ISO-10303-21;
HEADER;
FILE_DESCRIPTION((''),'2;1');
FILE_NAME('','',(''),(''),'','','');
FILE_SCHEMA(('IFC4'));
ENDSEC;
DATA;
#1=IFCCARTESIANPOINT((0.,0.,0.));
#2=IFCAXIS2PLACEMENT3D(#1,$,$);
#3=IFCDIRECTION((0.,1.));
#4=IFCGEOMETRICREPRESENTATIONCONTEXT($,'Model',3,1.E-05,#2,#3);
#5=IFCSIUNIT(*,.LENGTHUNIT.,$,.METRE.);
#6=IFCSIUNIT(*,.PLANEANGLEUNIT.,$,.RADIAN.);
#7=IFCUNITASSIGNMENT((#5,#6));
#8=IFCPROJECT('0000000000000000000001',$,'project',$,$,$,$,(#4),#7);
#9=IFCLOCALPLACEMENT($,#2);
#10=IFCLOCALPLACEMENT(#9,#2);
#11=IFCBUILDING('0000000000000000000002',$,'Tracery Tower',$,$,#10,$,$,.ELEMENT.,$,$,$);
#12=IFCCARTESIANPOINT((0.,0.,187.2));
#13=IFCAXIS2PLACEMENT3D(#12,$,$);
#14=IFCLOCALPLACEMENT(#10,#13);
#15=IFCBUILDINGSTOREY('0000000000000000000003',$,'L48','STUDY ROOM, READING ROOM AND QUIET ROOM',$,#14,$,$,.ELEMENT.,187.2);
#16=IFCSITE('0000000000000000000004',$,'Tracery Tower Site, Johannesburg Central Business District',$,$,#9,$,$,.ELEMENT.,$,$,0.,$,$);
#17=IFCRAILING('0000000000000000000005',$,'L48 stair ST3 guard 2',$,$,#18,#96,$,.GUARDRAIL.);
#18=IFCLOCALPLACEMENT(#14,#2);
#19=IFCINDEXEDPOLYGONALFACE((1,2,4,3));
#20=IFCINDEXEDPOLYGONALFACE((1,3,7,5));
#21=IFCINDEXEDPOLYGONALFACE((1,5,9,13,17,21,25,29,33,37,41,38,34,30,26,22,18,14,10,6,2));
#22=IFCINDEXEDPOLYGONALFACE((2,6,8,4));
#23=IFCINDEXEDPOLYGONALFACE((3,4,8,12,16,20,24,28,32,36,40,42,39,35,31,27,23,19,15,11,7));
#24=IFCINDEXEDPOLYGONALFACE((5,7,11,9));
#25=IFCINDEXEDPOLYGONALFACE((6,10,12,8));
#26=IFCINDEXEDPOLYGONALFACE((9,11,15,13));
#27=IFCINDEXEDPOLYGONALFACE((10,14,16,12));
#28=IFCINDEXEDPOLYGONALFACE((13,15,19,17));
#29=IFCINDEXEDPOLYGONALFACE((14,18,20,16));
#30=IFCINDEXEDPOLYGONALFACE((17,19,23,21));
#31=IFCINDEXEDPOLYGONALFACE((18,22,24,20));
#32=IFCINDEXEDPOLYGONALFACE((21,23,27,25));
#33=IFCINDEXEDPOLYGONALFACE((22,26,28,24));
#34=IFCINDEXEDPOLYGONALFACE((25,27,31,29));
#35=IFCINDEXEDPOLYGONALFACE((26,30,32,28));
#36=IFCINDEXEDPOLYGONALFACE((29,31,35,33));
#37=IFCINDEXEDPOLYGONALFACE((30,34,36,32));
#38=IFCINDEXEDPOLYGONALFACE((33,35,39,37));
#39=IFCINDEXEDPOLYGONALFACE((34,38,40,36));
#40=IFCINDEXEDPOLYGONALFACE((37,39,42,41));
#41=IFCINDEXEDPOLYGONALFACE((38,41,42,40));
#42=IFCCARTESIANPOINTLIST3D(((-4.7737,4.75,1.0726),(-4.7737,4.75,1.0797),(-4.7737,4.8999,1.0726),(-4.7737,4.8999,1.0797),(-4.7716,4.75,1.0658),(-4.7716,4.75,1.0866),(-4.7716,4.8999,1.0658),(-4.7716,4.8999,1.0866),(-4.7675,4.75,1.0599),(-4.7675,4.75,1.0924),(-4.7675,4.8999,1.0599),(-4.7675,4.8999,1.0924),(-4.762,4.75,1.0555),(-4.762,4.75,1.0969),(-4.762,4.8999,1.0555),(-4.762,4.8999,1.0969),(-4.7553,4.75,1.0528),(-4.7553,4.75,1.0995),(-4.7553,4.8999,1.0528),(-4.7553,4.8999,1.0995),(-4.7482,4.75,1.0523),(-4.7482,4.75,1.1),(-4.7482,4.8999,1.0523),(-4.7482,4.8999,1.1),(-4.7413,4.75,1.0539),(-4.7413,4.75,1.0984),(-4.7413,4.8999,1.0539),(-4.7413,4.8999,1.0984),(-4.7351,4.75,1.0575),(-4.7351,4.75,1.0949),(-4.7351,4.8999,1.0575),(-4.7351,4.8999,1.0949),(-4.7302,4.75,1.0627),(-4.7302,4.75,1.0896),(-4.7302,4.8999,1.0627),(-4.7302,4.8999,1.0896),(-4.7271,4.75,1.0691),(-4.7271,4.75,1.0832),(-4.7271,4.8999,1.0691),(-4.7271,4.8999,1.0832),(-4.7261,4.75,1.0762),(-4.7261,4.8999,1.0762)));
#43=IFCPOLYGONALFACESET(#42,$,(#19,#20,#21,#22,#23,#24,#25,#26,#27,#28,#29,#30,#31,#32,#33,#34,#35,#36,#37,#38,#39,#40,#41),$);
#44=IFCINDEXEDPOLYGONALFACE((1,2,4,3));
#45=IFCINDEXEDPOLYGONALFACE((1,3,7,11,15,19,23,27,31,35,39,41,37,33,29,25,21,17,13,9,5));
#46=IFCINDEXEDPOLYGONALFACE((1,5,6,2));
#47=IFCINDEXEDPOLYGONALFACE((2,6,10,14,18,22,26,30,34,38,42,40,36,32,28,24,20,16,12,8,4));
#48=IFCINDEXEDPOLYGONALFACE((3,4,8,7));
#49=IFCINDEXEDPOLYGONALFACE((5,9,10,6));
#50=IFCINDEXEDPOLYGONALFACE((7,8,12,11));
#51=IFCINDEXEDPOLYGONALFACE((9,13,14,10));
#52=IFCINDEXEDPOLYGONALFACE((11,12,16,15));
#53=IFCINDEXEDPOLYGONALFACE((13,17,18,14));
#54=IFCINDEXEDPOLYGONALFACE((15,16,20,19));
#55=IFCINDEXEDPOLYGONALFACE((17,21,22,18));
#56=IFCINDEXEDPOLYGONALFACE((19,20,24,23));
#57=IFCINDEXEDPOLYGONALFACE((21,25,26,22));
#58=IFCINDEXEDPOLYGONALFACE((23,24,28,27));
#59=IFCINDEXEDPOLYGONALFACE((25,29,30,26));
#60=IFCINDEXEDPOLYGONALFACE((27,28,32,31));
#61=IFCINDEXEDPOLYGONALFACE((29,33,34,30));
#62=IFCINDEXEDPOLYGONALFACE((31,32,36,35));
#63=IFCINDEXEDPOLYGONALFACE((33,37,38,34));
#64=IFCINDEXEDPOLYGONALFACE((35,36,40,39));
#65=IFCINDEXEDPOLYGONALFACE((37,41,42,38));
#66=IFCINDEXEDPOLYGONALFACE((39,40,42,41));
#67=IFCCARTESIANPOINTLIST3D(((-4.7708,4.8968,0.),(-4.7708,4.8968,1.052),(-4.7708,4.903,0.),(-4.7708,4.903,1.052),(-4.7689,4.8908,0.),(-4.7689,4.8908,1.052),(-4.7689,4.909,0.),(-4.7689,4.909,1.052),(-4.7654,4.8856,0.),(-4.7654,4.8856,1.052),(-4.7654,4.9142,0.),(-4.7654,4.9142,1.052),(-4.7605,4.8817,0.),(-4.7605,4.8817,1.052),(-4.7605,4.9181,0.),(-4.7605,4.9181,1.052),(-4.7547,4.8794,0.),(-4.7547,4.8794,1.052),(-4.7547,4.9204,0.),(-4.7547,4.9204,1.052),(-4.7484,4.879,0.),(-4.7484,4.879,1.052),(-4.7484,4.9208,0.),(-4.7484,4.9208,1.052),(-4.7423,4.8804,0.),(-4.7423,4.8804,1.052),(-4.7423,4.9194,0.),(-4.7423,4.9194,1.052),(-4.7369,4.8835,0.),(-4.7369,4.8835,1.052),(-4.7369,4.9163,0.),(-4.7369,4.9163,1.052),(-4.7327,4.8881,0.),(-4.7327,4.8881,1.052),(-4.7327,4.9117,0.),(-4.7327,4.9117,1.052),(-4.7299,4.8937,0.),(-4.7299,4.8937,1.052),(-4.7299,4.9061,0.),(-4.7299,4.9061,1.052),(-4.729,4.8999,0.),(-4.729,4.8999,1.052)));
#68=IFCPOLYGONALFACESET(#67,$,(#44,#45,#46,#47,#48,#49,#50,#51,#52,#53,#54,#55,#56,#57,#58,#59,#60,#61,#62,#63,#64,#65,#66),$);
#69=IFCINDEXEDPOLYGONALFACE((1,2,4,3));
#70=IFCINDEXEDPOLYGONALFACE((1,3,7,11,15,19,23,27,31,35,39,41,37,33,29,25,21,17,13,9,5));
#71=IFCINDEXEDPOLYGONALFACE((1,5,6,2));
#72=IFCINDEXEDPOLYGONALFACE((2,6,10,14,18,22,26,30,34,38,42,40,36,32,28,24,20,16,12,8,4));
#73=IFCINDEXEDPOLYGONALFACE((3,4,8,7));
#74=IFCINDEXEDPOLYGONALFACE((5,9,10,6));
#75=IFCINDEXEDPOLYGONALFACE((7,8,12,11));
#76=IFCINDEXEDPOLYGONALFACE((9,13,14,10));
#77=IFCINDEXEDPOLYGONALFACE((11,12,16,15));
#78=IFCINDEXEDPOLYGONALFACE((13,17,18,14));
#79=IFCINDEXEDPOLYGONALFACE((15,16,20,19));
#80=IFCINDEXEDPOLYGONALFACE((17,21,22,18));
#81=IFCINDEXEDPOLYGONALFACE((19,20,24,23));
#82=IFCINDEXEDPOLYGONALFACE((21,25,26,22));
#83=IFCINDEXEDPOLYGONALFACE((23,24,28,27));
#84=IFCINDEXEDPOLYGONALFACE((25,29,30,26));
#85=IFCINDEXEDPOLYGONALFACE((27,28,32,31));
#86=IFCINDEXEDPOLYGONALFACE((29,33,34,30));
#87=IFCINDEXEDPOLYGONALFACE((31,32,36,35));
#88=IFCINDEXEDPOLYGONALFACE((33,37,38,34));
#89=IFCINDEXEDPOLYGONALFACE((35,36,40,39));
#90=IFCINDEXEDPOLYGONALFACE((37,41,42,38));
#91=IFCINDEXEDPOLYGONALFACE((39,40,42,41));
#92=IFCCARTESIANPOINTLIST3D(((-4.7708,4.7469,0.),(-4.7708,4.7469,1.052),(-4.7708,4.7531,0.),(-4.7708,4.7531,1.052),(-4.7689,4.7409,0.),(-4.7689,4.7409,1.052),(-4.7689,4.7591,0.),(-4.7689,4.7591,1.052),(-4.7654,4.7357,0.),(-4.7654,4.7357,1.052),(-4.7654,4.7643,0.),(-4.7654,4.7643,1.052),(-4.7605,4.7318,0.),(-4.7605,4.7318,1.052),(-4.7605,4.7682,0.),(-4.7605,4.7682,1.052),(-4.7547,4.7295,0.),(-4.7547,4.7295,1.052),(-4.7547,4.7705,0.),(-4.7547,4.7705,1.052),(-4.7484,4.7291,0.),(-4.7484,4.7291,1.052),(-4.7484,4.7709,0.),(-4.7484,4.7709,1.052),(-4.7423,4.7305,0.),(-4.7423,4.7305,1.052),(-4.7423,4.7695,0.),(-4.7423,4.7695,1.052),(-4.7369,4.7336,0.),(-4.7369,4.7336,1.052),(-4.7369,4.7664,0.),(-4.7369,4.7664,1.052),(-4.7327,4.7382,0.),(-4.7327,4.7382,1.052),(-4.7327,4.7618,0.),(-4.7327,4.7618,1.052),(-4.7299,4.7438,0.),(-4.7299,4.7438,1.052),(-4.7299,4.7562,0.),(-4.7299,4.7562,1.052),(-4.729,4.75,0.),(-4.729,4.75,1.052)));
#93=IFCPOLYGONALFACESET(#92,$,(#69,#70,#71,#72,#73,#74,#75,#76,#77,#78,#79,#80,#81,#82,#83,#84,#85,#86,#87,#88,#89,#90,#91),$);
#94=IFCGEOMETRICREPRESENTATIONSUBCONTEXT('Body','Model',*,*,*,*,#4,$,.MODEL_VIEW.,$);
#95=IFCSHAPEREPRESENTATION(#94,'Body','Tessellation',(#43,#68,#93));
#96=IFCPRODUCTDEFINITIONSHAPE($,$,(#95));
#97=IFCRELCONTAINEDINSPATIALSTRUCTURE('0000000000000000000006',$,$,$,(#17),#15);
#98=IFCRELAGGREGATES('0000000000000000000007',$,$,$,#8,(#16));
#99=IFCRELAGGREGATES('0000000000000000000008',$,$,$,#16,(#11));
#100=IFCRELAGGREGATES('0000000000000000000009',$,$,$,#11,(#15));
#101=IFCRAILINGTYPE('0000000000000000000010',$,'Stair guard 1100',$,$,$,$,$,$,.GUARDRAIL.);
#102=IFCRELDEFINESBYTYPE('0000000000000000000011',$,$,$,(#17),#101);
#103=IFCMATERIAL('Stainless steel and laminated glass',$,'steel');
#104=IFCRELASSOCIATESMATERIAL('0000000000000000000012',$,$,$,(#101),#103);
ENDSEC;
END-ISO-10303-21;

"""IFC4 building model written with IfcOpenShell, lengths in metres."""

from ifc_helpers import new_model, si_unit, direction, frame, origin, origin_2d, place, context, subcontext, project, spatial, circle, extrude, material, type_object, element, save


model = new_model("IFC4")

# Units and contexts
model_context = context("Model", 3, precision=1e-05, world=origin(), true_north=direction((0.0, 1.0)))
body_context = subcontext(model_context, "Body", "Model", "MODEL_VIEW")
ifc_project = project(units=[si_unit("LENGTHUNIT", "METRE"), si_unit("PLANEANGLEUNIT", "RADIAN")], contexts=[model_context])

# Site, building, storey
site_placement = place(None, origin())
site = spatial("IfcSite", under=ifc_project, at=site_placement, Name="Tracery Tower Site, Johannesburg Central Business District", CompositionType="ELEMENT", RefElevation=0.0)
building_placement = place(site_placement, origin())
building = spatial("IfcBuilding", under=site, at=building_placement, Name="Tracery Tower", CompositionType="ELEMENT")
storey_placement = place(building_placement, frame((0.0, 0.0, 187.2)))
storey = spatial("IfcBuildingStorey", under=building, at=storey_placement, Name="L48", Description="STUDY ROOM, READING ROOM AND QUIET ROOM", CompositionType="ELEMENT", Elevation=187.2)

# Railing
ifc_material_1 = material(Name="Stainless steel and laminated glass", Category="steel")
railing_type_1 = type_object("IfcRailingType", Name="Stair guard 1100", PredefinedType="GUARDRAIL", material=ifc_material_1)
railing_1_placement = place(storey_placement, frame((-4.75, 4.8999, 0.0)))
element("IfcRailing", 1, at=railing_1_placement, inside=storey, type_object=railing_type_1, Name="L48 stair ST3 guard 2", PredefinedType="GUARDRAIL", context=body_context, shape_type="SweptSolid", body=[
    extrude(circle(Radius=0.0239, at=origin_2d()), frame((0.0, 0.0, 1.0762), z_axis=(0.0, -1.0, 0.0), x_axis=(1.0, 0.0, 0.0)), (0.0, 0.0, 1.0), 0.1499),
    extrude(circle(Radius=0.021, at=origin_2d()), origin(), (0.0, 0.0, 1.0), 1.052),
    extrude(circle(Radius=0.021, at=origin_2d()), frame((0.0, -0.1499, 0.0)), (0.0, 0.0, 1.0), 1.052),
])

save(model, "model.ifc")
